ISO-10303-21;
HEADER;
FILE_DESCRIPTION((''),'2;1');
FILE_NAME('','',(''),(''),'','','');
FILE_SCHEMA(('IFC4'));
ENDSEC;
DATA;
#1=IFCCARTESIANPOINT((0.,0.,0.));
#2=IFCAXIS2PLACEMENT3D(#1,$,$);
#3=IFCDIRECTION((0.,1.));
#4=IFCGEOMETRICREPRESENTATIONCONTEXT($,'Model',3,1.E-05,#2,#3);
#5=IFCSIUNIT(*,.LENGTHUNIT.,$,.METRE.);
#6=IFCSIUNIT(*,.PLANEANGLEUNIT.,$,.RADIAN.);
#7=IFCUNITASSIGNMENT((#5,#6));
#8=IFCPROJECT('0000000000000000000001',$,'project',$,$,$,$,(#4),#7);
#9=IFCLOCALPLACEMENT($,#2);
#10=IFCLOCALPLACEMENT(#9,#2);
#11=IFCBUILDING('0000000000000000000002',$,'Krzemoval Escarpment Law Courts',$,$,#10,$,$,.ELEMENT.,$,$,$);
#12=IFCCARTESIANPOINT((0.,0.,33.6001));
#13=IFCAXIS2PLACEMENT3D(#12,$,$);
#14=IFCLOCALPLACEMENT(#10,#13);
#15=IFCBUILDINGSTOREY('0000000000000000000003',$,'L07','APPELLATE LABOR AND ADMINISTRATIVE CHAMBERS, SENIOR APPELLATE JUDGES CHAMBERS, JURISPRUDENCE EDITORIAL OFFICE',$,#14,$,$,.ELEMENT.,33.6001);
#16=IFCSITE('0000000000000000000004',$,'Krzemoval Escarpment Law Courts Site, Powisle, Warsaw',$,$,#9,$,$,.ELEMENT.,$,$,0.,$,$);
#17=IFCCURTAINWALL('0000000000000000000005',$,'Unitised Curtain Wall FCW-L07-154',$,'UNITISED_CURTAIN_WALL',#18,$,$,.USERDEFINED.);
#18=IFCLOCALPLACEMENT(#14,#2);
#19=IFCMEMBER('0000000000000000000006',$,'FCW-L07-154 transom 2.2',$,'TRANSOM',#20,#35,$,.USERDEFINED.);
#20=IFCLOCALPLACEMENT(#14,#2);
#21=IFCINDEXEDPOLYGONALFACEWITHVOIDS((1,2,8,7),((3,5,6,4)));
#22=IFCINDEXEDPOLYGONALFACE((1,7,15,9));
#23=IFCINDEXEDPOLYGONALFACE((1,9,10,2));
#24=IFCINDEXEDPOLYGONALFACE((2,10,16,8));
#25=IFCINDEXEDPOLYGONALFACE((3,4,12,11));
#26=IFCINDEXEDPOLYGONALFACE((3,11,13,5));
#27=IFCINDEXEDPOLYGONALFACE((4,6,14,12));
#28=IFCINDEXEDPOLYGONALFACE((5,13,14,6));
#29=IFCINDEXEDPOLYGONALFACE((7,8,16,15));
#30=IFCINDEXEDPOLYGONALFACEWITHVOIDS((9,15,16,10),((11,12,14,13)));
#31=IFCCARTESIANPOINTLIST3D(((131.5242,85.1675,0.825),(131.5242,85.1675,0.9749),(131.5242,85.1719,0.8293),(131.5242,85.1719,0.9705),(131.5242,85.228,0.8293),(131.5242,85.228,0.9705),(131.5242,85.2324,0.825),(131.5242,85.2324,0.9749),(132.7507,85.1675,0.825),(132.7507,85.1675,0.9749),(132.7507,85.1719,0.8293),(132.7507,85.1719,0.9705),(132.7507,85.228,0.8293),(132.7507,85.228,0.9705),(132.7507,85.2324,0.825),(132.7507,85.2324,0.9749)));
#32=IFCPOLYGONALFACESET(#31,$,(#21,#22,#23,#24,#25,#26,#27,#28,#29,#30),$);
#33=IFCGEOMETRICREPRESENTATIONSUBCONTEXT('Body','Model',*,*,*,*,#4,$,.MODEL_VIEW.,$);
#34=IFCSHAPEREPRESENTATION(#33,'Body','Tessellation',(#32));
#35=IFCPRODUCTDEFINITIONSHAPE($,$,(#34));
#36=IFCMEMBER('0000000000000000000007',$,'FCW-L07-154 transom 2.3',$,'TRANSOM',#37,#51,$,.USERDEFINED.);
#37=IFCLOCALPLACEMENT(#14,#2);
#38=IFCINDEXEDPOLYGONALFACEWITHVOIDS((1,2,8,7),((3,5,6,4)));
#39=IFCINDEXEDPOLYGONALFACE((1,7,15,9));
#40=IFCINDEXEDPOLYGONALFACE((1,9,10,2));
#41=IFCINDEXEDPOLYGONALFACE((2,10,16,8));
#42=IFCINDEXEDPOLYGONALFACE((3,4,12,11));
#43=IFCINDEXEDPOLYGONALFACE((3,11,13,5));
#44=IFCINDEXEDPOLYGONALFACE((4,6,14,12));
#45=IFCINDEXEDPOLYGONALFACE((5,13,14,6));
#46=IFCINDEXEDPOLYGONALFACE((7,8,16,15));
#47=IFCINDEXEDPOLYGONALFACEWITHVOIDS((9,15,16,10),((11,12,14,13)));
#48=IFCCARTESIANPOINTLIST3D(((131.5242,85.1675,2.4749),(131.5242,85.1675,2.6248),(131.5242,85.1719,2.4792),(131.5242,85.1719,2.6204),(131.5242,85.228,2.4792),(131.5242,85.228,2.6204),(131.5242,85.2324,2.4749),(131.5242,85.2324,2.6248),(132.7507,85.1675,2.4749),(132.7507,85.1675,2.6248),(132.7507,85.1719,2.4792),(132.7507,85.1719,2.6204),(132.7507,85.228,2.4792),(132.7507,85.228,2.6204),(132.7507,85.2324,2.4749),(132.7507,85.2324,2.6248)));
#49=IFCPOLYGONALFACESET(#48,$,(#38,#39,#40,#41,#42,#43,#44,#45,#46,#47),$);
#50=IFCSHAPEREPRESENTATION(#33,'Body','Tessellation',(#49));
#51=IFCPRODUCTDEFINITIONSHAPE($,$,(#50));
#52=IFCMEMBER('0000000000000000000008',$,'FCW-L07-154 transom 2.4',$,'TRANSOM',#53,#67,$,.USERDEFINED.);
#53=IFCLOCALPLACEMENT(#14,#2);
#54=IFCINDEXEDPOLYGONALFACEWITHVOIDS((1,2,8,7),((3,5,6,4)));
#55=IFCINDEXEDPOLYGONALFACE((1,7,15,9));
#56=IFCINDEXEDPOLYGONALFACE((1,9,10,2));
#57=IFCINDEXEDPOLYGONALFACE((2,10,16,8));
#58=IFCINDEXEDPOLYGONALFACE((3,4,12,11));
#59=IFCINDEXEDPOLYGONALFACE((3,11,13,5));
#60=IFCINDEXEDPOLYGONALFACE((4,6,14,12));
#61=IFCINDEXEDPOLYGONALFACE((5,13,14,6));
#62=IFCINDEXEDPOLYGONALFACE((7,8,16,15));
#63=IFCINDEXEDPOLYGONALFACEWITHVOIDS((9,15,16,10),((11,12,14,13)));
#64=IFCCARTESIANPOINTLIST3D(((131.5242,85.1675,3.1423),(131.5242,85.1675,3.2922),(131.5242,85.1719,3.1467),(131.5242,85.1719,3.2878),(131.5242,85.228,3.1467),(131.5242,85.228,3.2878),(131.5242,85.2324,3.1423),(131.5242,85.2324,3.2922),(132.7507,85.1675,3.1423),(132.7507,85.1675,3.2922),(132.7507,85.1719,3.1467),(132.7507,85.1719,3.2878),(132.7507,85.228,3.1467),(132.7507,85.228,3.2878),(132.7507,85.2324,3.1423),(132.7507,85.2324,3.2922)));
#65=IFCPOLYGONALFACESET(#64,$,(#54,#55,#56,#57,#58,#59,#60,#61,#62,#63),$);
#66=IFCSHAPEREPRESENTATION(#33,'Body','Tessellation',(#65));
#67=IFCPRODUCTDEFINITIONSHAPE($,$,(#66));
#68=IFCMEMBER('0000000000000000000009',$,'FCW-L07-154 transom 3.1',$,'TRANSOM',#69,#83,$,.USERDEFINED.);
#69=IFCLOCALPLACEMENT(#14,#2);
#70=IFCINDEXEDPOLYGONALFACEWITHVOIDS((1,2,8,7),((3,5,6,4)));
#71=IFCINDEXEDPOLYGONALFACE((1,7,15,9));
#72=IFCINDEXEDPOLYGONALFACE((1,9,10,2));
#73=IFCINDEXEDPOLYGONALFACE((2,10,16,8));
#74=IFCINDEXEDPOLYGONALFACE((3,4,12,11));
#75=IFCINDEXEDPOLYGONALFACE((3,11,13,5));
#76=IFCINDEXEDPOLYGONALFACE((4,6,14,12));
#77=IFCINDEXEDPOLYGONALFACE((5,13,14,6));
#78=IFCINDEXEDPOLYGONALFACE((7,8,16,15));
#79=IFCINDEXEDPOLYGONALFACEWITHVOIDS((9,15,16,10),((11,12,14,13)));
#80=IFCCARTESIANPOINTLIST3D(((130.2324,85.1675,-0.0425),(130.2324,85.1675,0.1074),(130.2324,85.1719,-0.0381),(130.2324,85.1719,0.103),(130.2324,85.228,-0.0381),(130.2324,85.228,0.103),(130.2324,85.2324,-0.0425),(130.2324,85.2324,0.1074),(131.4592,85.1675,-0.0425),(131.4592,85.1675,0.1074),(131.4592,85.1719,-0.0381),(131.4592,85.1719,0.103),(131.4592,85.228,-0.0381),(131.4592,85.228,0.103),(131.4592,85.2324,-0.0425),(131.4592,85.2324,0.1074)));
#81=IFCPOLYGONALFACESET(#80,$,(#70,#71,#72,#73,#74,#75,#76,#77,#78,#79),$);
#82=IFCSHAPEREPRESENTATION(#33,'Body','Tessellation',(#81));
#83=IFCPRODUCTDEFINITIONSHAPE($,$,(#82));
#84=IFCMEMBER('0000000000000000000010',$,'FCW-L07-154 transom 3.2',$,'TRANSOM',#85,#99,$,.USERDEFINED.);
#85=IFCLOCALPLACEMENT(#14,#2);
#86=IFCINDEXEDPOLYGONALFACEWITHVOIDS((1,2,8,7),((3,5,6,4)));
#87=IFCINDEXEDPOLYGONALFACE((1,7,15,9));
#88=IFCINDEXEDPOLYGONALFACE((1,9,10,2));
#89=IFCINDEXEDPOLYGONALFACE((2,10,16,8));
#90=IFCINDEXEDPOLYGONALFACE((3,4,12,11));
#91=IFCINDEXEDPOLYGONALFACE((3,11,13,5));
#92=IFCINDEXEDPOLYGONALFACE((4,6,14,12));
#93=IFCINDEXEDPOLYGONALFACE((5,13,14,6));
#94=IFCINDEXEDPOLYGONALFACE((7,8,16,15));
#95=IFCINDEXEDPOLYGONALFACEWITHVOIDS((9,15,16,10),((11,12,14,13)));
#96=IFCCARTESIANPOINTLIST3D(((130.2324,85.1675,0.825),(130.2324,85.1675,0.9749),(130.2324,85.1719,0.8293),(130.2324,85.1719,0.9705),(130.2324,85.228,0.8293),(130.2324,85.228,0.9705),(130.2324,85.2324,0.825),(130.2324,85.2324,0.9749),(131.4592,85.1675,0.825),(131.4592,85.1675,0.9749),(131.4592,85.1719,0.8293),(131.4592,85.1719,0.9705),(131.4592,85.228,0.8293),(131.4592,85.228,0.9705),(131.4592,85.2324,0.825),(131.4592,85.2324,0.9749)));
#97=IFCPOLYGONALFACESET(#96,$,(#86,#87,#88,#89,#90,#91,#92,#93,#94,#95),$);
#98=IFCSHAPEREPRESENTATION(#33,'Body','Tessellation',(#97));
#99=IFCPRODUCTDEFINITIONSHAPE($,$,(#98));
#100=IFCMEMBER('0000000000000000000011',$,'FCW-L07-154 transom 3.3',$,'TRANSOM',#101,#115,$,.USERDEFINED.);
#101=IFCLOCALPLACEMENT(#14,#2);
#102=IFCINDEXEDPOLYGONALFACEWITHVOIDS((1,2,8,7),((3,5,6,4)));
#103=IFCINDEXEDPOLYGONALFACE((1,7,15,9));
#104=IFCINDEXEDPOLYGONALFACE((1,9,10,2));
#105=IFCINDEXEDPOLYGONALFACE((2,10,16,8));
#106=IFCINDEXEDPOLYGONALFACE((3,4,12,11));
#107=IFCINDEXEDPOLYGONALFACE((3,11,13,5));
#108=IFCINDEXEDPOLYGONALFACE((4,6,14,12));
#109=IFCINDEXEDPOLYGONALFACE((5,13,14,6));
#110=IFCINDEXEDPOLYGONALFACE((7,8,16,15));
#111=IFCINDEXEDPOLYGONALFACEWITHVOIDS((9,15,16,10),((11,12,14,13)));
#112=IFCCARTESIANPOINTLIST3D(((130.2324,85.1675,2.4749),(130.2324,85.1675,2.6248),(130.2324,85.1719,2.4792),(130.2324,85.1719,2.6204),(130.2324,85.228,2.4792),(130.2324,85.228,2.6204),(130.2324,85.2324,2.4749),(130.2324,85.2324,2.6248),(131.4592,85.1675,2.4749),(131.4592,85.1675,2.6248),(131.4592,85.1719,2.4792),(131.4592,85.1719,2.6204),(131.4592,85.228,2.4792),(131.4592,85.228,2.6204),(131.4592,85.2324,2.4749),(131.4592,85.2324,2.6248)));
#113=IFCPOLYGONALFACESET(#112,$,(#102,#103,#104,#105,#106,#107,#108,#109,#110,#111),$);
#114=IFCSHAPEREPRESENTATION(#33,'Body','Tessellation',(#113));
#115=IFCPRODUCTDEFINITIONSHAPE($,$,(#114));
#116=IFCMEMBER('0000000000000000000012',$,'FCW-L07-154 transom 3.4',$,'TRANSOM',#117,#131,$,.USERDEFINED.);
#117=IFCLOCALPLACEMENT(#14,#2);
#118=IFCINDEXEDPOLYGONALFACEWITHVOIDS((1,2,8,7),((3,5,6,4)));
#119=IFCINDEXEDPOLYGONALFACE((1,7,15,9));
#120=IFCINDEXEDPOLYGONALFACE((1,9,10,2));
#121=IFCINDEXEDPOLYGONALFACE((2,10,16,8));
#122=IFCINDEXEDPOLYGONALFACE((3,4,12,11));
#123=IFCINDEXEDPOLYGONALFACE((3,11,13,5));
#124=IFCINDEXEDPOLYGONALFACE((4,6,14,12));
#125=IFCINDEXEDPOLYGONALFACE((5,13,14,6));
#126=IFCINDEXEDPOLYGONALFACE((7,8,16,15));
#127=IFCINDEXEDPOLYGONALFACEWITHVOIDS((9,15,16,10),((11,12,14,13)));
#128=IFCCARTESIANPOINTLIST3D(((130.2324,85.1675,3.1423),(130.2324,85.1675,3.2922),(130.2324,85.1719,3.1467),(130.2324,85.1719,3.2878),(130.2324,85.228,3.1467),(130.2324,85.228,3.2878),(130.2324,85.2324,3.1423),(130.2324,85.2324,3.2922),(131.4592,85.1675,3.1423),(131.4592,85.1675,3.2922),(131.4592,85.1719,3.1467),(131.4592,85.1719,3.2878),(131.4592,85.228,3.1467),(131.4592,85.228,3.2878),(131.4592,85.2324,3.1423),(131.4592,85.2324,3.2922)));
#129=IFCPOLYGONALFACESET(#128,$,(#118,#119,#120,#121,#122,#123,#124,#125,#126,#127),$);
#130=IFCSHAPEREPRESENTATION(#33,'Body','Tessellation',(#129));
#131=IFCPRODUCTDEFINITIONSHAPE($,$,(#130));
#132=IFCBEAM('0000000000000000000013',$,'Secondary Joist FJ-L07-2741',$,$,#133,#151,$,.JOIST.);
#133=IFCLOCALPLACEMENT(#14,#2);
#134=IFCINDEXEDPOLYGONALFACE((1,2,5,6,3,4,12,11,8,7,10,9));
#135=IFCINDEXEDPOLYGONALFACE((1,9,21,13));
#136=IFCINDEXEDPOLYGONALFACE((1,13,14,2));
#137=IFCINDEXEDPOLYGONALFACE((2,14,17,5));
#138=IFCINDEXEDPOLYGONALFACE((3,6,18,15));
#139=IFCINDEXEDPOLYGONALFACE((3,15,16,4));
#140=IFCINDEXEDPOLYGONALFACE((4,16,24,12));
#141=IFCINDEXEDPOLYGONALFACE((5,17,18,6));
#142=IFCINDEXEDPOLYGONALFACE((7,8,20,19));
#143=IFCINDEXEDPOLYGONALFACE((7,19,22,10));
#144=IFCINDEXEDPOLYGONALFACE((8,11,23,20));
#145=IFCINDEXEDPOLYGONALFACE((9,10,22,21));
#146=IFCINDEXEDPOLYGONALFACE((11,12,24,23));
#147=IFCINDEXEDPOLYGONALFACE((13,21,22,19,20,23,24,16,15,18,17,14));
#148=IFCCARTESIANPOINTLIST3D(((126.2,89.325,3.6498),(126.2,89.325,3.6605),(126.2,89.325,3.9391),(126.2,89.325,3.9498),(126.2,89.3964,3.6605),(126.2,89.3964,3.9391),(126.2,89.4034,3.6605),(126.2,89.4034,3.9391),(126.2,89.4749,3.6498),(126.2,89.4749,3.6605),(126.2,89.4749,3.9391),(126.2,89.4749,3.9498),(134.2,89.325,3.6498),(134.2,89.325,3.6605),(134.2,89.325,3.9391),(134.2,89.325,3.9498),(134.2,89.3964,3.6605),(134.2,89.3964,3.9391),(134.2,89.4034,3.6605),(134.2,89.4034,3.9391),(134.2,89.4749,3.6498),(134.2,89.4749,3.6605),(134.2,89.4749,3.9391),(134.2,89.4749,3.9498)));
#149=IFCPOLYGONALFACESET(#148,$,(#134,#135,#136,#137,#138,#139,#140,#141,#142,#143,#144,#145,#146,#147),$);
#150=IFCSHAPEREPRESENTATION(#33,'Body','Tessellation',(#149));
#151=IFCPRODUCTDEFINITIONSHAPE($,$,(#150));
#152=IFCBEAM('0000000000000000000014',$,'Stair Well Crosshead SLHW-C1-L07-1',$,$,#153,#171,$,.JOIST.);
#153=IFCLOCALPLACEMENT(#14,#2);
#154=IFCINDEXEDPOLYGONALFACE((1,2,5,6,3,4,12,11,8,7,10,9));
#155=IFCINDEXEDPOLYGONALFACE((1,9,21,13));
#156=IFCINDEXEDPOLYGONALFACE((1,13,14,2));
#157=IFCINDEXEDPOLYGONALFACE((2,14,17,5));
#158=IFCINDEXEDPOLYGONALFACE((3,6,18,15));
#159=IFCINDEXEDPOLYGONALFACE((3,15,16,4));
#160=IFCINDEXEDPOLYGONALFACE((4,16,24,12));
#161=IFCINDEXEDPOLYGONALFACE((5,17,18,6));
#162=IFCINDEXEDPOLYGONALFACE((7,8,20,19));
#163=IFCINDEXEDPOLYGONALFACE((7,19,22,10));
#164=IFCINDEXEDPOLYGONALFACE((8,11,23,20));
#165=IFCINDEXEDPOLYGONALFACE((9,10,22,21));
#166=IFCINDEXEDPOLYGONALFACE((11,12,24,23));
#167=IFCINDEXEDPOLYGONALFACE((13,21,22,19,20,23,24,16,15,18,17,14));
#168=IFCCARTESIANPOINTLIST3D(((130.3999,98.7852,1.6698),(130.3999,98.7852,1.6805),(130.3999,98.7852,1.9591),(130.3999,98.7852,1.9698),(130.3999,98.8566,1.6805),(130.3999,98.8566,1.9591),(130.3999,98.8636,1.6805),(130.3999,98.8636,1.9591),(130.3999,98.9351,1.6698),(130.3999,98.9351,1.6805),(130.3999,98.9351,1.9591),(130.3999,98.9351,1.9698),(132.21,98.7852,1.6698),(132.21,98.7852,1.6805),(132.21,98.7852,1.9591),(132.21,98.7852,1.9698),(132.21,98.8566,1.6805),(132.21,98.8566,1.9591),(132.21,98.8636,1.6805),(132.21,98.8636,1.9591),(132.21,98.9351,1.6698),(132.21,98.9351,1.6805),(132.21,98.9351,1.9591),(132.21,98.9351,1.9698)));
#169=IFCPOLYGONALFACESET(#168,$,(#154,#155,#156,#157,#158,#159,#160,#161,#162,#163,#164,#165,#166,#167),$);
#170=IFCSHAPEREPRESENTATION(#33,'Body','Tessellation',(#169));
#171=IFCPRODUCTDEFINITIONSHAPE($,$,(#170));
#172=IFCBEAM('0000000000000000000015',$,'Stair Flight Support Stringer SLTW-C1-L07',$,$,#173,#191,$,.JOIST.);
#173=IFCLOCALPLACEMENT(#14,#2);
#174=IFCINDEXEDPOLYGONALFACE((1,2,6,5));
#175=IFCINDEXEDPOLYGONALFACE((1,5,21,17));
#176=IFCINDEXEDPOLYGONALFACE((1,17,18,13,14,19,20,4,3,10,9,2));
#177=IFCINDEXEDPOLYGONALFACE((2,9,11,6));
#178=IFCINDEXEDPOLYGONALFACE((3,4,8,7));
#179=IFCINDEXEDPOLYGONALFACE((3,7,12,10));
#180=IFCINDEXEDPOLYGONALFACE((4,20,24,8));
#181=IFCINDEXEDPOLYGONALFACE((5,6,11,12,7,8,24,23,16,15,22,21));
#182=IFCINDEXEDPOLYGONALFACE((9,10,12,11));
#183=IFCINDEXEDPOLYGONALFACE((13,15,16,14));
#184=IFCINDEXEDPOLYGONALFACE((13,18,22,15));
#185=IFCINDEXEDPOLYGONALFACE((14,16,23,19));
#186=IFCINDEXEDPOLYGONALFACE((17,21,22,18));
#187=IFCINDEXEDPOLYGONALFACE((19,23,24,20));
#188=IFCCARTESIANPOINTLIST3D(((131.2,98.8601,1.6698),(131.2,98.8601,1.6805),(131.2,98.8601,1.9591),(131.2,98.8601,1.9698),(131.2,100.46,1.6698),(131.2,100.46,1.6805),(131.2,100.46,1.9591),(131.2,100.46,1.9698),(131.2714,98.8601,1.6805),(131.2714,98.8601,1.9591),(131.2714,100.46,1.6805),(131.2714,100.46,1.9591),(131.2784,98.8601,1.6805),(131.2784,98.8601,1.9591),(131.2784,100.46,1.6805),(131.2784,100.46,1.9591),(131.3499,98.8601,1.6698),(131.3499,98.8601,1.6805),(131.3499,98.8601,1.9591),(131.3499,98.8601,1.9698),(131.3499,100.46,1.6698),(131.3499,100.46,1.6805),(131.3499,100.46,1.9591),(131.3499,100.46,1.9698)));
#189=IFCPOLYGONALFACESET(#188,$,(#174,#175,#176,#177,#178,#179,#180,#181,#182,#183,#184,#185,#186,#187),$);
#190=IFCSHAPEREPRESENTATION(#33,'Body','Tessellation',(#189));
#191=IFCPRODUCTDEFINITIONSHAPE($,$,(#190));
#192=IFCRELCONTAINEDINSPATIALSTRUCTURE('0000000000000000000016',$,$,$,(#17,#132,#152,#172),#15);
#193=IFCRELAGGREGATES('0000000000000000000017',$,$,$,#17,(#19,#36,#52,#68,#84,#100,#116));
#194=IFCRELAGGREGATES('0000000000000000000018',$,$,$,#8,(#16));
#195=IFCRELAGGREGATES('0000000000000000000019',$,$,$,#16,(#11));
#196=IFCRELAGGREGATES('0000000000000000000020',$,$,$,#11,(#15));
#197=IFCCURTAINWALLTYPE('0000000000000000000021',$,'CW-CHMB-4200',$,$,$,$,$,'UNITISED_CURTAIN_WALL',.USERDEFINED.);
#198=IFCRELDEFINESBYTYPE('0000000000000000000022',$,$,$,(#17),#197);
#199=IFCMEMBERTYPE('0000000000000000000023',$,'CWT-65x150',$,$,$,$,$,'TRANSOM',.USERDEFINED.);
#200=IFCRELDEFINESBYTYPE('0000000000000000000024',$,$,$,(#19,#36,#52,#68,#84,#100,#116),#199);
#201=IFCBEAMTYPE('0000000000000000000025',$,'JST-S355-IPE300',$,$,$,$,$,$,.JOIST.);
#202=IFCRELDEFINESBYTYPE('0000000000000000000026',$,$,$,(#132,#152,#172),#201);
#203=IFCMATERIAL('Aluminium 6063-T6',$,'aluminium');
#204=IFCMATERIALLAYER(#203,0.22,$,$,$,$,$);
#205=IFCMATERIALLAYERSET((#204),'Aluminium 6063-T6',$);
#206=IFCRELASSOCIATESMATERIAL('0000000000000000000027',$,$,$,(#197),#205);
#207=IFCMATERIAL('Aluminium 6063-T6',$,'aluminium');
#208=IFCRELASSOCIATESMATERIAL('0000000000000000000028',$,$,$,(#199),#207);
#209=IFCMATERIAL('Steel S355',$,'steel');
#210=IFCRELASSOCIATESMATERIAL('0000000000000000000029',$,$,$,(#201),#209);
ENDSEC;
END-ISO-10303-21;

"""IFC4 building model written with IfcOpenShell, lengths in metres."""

from ifc_helpers import new_model, si_unit, direction, frame, origin, origin_2d, place, context, subcontext, project, spatial, hollow_rectangle, i_section, extrude, material, layer, layer_set, material_profile, profile_set, type_object, element, aggregate, save


model = new_model("IFC4")

# Units and contexts
model_context = context("Model", 3, precision=1e-05, world=origin(), true_north=direction((0.0, 1.0)))
body_context = subcontext(model_context, "Body", "Model", "MODEL_VIEW")
ifc_project = project(units=[si_unit("LENGTHUNIT", "METRE"), si_unit("PLANEANGLEUNIT", "RADIAN")], contexts=[model_context])

# Site, building, storey
site_placement = place(None, origin())
site = spatial("IfcSite", under=ifc_project, at=site_placement, Name="Krzemoval Escarpment Law Courts Site, Powisle, Warsaw", CompositionType="ELEMENT", RefElevation=0.0)
building_placement = place(site_placement, origin())
building = spatial("IfcBuilding", under=site, at=building_placement, Name="Krzemoval Escarpment Law Courts", CompositionType="ELEMENT")
storey_placement = place(building_placement, frame((0.0, 0.0, 33.6001)))
storey = spatial("IfcBuildingStorey", under=building, at=storey_placement, Name="L07", Description="APPELLATE LABOR AND ADMINISTRATIVE CHAMBERS, SENIOR APPELLATE JUDGES CHAMBERS, JURISPRUDENCE EDITORIAL OFFICE", CompositionType="ELEMENT", Elevation=33.6001)

# Curtain wall, members
ifc_material_1 = material(Name="Aluminium 6063-T6", Category="aluminium")
ifc_layer_1 = layer(ifc_material_1, 0.22)
ifc_layer_set_1 = layer_set([ifc_layer_1], Name="Aluminium 6063-T6")
curtain_wall_type = type_object("IfcCurtainWallType", Name="CW-CHMB-4200", ElementType="UNITISED_CURTAIN_WALL", PredefinedType="USERDEFINED", material=ifc_layer_set_1)
curtain_wall_placement = place(storey_placement, origin())
curtain_wall = element("IfcCurtainWall", 1, at=curtain_wall_placement, inside=storey, type_object=curtain_wall_type, Name="Unitised Curtain Wall FCW-L07-154", ObjectType="UNITISED_CURTAIN_WALL", PredefinedType="USERDEFINED")
ifc_material_2 = material(Name="Aluminium 6063-T6", Category="aluminium")
ifc_material_profile_1 = material_profile(ifc_material_2, hollow_rectangle(XDim=0.0649, YDim=0.1499, WallThickness=0.0044, at=origin_2d()), Name="ALU T65x150")
ifc_profile_set_1 = profile_set([ifc_material_profile_1], Name="Aluminium 6063-T6")
member_type_1 = type_object("IfcMemberType", Name="CWT-65x150", ElementType="TRANSOM", PredefinedType="USERDEFINED", material=ifc_profile_set_1)
member_1_placement = place(storey_placement, frame((132.7507, 85.2, 0.8999), z_axis=(-1.0, 0.0, 0.0), x_axis=(0.0, -1.0, 0.0)))
member_1 = element("IfcMember", 2, at=member_1_placement, type_object=member_type_1, Name="FCW-L07-154 transom 2.2", ObjectType="TRANSOM", PredefinedType="USERDEFINED", context=body_context, shape_type="SweptSolid", body=[
    extrude(hollow_rectangle(XDim=0.0649, YDim=0.1499, WallThickness=0.0044, at=origin_2d()), origin(), (0.0, 0.0, 1.0), 1.2266),
])
member_2_placement = place(storey_placement, frame((132.7507, 85.2, 2.5498), z_axis=(-1.0, 0.0, 0.0), x_axis=(0.0, -1.0, 0.0)))
member_2 = element("IfcMember", 3, at=member_2_placement, type_object=member_type_1, Name="FCW-L07-154 transom 2.3", ObjectType="TRANSOM", PredefinedType="USERDEFINED", context=body_context, shape_type="SweptSolid", body=[
    extrude(hollow_rectangle(XDim=0.0649, YDim=0.1499, WallThickness=0.0044, at=origin_2d()), origin(), (0.0, 0.0, 1.0), 1.2266),
])
member_3_placement = place(storey_placement, frame((132.7507, 85.2, 3.2173), z_axis=(-1.0, 0.0, 0.0), x_axis=(0.0, -1.0, 0.0)))
member_3 = element("IfcMember", 4, at=member_3_placement, type_object=member_type_1, Name="FCW-L07-154 transom 2.4", ObjectType="TRANSOM", PredefinedType="USERDEFINED", context=body_context, shape_type="SweptSolid", body=[
    extrude(hollow_rectangle(XDim=0.0649, YDim=0.1499, WallThickness=0.0044, at=origin_2d()), origin(), (0.0, 0.0, 1.0), 1.2266),
])
member_4_placement = place(storey_placement, frame((131.4592, 85.2, 0.0325), z_axis=(-1.0, 0.0, 0.0), x_axis=(0.0, -1.0, 0.0)))
member_4 = element("IfcMember", 5, at=member_4_placement, type_object=member_type_1, Name="FCW-L07-154 transom 3.1", ObjectType="TRANSOM", PredefinedType="USERDEFINED", context=body_context, shape_type="SweptSolid", body=[
    extrude(hollow_rectangle(XDim=0.0649, YDim=0.1499, WallThickness=0.0044, at=origin_2d()), origin(), (0.0, 0.0, 1.0), 1.2268),
])
member_5_placement = place(storey_placement, frame((131.4592, 85.2, 0.8999), z_axis=(-1.0, 0.0, 0.0), x_axis=(0.0, -1.0, 0.0)))
member_5 = element("IfcMember", 6, at=member_5_placement, type_object=member_type_1, Name="FCW-L07-154 transom 3.2", ObjectType="TRANSOM", PredefinedType="USERDEFINED", context=body_context, shape_type="SweptSolid", body=[
    extrude(hollow_rectangle(XDim=0.0649, YDim=0.1499, WallThickness=0.0044, at=origin_2d()), origin(), (0.0, 0.0, 1.0), 1.2268),
])
member_6_placement = place(storey_placement, frame((131.4592, 85.2, 2.5498), z_axis=(-1.0, 0.0, 0.0), x_axis=(0.0, -1.0, 0.0)))
member_6 = element("IfcMember", 7, at=member_6_placement, type_object=member_type_1, Name="FCW-L07-154 transom 3.3", ObjectType="TRANSOM", PredefinedType="USERDEFINED", context=body_context, shape_type="SweptSolid", body=[
    extrude(hollow_rectangle(XDim=0.0649, YDim=0.1499, WallThickness=0.0044, at=origin_2d()), origin(), (0.0, 0.0, 1.0), 1.2268),
])
member_7_placement = place(storey_placement, frame((131.4592, 85.2, 3.2173), z_axis=(-1.0, 0.0, 0.0), x_axis=(0.0, -1.0, 0.0)))
member_7 = element("IfcMember", 8, at=member_7_placement, type_object=member_type_1, Name="FCW-L07-154 transom 3.4", ObjectType="TRANSOM", PredefinedType="USERDEFINED", context=body_context, shape_type="SweptSolid", body=[
    extrude(hollow_rectangle(XDim=0.0649, YDim=0.1499, WallThickness=0.0044, at=origin_2d()), origin(), (0.0, 0.0, 1.0), 1.2268),
])

# Beams
ifc_material_3 = material(Name="Steel S355", Category="steel")
ifc_material_profile_2 = material_profile(ifc_material_3, i_section(OverallWidth=0.1499, OverallDepth=0.3, WebThickness=0.0071, FlangeThickness=0.0107, at=origin_2d()), Name="IPE 300")
ifc_profile_set_2 = profile_set([ifc_material_profile_2], Name="Steel S355")
beam_type_1 = type_object("IfcBeamType", Name="JST-S355-IPE300", PredefinedType="JOIST", material=ifc_profile_set_2)
beam_1_placement = place(storey_placement, frame((126.2, 89.3999, 3.7998), z_axis=(1.0, 0.0, 0.0), x_axis=(0.0, 1.0, 0.0)))
element("IfcBeam", 9, at=beam_1_placement, inside=storey, type_object=beam_type_1, Name="Secondary Joist FJ-L07-2741", PredefinedType="JOIST", context=body_context, shape_type="SweptSolid", body=[
    extrude(i_section(OverallWidth=0.1499, OverallDepth=0.3, WebThickness=0.0071, FlangeThickness=0.0107, at=origin_2d()), origin(), (0.0, 0.0, 1.0), 8.0),
])
beam_2_placement = place(storey_placement, frame((130.3999, 98.8601, 1.8198), z_axis=(1.0, 0.0, 0.0), x_axis=(0.0, 1.0, 0.0)))
element("IfcBeam", 10, at=beam_2_placement, inside=storey, type_object=beam_type_1, Name="Stair Well Crosshead SLHW-C1-L07-1", PredefinedType="JOIST", context=body_context, shape_type="SweptSolid", body=[
    extrude(i_section(OverallWidth=0.1499, OverallDepth=0.3, WebThickness=0.0071, FlangeThickness=0.0107, at=origin_2d()), origin(), (0.0, 0.0, 1.0), 1.8101),
])
beam_3_placement = place(storey_placement, frame((131.2749, 98.8601, 1.8198), z_axis=(0.0, 1.0, 0.0), x_axis=(-1.0, 0.0, 0.0)))
element("IfcBeam", 11, at=beam_3_placement, inside=storey, type_object=beam_type_1, Name="Stair Flight Support Stringer SLTW-C1-L07", PredefinedType="JOIST", context=body_context, shape_type="SweptSolid", body=[
    extrude(i_section(OverallWidth=0.1499, OverallDepth=0.3, WebThickness=0.0071, FlangeThickness=0.0107, at=origin_2d()), origin(), (0.0, 0.0, 1.0), 1.5999),
])

aggregate(curtain_wall, [member_1, member_2, member_3, member_4, member_5, member_6, member_7])

save(model, "model.ifc")
